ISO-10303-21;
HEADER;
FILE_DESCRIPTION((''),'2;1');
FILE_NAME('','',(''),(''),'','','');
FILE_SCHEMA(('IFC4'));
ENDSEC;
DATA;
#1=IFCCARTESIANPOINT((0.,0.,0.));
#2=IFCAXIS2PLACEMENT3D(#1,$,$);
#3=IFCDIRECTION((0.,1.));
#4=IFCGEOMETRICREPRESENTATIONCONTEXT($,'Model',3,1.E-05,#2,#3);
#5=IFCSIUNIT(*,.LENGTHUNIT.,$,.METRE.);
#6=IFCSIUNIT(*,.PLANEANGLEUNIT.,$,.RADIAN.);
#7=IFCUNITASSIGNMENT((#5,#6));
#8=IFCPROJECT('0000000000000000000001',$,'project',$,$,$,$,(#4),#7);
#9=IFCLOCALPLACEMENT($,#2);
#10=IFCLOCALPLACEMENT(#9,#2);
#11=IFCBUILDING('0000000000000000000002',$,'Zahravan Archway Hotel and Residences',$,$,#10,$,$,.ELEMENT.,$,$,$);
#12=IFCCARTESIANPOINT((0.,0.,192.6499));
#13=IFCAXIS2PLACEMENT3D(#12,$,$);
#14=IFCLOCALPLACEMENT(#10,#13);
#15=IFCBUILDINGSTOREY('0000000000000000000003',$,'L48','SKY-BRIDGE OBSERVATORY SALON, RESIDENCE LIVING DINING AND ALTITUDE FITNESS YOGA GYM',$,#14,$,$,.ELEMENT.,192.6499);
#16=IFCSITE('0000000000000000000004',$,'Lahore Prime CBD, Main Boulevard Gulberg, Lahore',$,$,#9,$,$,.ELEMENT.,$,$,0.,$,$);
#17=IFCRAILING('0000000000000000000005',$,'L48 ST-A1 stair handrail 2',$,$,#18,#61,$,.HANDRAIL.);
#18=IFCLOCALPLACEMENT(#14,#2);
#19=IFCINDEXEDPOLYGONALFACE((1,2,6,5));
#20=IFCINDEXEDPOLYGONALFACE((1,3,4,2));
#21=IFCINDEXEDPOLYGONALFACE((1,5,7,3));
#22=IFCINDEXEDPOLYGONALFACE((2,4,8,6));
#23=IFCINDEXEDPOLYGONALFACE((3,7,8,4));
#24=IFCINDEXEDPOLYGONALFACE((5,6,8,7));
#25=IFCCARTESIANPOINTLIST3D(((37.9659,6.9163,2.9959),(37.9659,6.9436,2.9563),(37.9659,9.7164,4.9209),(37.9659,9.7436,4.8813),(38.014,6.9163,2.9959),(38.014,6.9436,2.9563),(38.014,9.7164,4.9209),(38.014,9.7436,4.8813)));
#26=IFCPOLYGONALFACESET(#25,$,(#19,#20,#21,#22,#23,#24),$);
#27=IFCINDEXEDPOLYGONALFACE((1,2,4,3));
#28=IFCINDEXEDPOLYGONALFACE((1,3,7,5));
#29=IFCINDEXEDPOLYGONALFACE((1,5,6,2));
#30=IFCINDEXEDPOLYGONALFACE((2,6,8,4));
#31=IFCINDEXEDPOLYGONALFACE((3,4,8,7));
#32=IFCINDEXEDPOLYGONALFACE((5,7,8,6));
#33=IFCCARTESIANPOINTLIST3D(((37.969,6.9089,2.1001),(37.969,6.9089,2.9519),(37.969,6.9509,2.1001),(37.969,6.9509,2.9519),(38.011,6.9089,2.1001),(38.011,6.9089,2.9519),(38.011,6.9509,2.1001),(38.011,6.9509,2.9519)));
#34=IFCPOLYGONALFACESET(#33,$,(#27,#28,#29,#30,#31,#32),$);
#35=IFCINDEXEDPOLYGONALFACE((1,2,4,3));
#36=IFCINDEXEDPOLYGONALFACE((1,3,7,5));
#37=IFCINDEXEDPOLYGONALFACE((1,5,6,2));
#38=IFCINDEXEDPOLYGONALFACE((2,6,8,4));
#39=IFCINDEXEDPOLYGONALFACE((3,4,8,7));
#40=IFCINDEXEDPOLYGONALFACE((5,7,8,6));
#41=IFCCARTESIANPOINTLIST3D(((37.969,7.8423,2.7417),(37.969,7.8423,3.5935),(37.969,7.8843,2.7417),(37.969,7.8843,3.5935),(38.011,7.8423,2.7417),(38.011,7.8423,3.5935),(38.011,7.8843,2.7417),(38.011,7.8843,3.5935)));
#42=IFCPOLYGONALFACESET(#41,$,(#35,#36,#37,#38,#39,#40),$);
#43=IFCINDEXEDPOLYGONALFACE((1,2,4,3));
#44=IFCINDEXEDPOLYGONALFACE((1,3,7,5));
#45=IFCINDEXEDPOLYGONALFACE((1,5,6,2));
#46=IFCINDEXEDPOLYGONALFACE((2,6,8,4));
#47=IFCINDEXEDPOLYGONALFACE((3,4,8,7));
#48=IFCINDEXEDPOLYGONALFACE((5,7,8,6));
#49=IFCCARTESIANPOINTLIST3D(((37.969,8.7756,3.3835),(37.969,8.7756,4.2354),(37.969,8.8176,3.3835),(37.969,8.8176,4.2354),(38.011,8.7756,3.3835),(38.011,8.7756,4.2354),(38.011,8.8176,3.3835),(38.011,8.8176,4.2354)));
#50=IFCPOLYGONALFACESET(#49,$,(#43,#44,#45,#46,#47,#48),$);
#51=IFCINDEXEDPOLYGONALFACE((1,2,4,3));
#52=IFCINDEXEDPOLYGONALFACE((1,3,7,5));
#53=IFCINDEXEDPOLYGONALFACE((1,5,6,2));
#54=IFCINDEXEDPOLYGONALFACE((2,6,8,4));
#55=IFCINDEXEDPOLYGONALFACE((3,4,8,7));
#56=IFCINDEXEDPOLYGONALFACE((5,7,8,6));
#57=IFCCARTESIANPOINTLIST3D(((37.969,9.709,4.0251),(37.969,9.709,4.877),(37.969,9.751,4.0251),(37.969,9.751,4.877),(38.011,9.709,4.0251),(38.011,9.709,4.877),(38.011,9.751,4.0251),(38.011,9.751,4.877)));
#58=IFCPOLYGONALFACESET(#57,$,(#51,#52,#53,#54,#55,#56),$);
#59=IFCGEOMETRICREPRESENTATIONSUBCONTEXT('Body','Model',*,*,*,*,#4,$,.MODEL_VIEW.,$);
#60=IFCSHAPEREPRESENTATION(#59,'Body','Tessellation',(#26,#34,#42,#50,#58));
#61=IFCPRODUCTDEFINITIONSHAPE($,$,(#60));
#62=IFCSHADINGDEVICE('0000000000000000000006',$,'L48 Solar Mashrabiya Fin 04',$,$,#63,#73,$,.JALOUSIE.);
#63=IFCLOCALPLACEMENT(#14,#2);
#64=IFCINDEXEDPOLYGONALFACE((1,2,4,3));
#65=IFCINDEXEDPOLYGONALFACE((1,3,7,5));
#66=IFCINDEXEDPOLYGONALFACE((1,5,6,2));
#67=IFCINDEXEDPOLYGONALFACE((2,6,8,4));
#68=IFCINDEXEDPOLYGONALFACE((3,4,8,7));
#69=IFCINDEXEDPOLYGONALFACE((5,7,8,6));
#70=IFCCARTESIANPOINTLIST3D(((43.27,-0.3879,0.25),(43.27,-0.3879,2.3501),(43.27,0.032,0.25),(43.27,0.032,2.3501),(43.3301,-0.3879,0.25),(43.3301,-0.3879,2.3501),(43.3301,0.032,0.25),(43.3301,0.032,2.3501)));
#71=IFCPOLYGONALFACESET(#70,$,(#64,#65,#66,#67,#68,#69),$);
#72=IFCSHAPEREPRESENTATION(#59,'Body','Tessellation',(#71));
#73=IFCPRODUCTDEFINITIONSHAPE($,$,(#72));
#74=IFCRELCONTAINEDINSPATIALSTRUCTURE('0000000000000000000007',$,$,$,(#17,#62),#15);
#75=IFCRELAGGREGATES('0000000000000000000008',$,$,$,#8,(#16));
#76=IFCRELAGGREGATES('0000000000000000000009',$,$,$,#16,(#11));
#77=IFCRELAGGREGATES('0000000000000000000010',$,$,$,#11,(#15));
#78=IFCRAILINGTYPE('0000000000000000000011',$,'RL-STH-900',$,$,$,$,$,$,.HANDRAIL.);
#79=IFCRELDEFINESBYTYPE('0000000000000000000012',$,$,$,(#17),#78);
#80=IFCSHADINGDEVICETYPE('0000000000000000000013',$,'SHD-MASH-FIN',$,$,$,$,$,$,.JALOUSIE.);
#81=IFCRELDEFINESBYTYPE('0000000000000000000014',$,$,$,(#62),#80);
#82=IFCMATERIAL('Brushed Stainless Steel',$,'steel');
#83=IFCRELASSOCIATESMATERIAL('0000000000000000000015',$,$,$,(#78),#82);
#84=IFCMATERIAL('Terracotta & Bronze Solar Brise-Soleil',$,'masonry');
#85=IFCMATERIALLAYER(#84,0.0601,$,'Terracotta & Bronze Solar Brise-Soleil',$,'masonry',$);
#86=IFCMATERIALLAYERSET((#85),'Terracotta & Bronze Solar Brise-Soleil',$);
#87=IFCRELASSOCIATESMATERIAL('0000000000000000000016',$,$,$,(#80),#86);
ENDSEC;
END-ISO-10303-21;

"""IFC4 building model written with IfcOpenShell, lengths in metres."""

from ifc_helpers import new_model, si_unit, direction, frame, origin, origin_2d, place, context, subcontext, project, spatial, rectangle, extrude, source, transform, mapped, material, layer, layer_set, type_object, type_shapes, element, save


model = new_model("IFC4")

# Units and contexts
model_context = context("Model", 3, precision=1e-05, world=origin(), true_north=direction((0.0, 1.0)))
body_context = subcontext(model_context, "Body", "Model", "MODEL_VIEW")
ifc_project = project(units=[si_unit("LENGTHUNIT", "METRE"), si_unit("PLANEANGLEUNIT", "RADIAN")], contexts=[model_context])

# Site, building, storey
site_placement = place(None, origin())
site = spatial("IfcSite", under=ifc_project, at=site_placement, Name="Lahore Prime CBD, Main Boulevard Gulberg, Lahore", CompositionType="ELEMENT", RefElevation=0.0)
building_placement = place(site_placement, origin())
building = spatial("IfcBuilding", under=site, at=building_placement, Name="Zahravan Archway Hotel and Residences", CompositionType="ELEMENT")
storey_placement = place(building_placement, frame((0.0, 0.0, 192.6499)))
storey = spatial("IfcBuildingStorey", under=building, at=storey_placement, Name="L48", Description="SKY-BRIDGE OBSERVATORY SALON, RESIDENCE LIVING DINING AND ALTITUDE FITNESS YOGA GYM", CompositionType="ELEMENT", Elevation=192.6499)

# Shared definitions
ifc_material_1 = material(Name="Brushed Stainless Steel", Category="steel")

# Railing
railing_type_1 = type_object("IfcRailingType", Name="RL-STH-900", PredefinedType="HANDRAIL", material=ifc_material_1)
railing_1_placement = place(storey_placement, frame((37.99, 6.9299, 2.1001)))
element("IfcRailing", 1, at=railing_1_placement, inside=storey, type_object=railing_type_1, Name="L48 ST-A1 stair handrail 2", PredefinedType="HANDRAIL", context=body_context, shape_type="SweptSolid", body=[
    extrude(rectangle(XDim=0.0481, YDim=0.0481, at=origin_2d()), frame((0.0, 0.0, 0.876), z_axis=(0.0, 0.82404, 0.566532), x_axis=(-1.0, 0.0, 0.0)), (0.0, 0.0, 1.0), 3.3979),
    extrude(rectangle(XDim=0.042, YDim=0.042, at=origin_2d()), origin(), (0.0, 0.0, 1.0), 0.8518),
    extrude(rectangle(XDim=0.042, YDim=0.042, at=origin_2d()), frame((0.0, 0.9333, 0.6416)), (0.0, 0.0, 1.0), 0.8518),
    extrude(rectangle(XDim=0.042, YDim=0.042, at=origin_2d()), frame((0.0, 1.8667, 1.2834)), (0.0, 0.0, 1.0), 0.8518),
    extrude(rectangle(XDim=0.042, YDim=0.042, at=origin_2d()), frame((0.0, 2.8, 1.925)), (0.0, 0.0, 1.0), 0.8518),
])

# Shading device
ifc_material_2 = material(Name="Terracotta & Bronze Solar Brise-Soleil", Category="masonry")
ifc_layer_1 = layer(ifc_material_2, 0.0601, Name="Terracotta & Bronze Solar Brise-Soleil", Category="masonry")
ifc_layer_set_1 = layer_set([ifc_layer_1], Name="Terracotta & Bronze Solar Brise-Soleil")
shading_device_type = type_object("IfcShadingDeviceType", Name="SHD-MASH-FIN", PredefinedType="JALOUSIE", material=ifc_layer_set_1)
shared_shape_1 = source(origin(), body_context, "Body", "SweptSolid", [
    extrude(rectangle(XDim=0.0601, YDim=0.4199, at=origin_2d()), origin(), (0.0, 0.0, 1.0), 2.1001),
])
type_shapes(shading_device_type, [shared_shape_1])
shading_device_placement = place(storey_placement, frame((43.3, -0.178, 0.25), z_axis=(0.0, 0.0, 1.0), x_axis=(1.0, 0.0, 0.0)))
element("IfcShadingDevice", 2, at=shading_device_placement, inside=storey, type_object=shading_device_type, Name="L48 Solar Mashrabiya Fin 04", PredefinedType="JALOUSIE", context=body_context, shape_type="MappedRepresentation", body=[
    mapped(shared_shape_1, transform((0.0, 0.0, 0.0), scale=1.0)),
])

save(model, "model.ifc")
